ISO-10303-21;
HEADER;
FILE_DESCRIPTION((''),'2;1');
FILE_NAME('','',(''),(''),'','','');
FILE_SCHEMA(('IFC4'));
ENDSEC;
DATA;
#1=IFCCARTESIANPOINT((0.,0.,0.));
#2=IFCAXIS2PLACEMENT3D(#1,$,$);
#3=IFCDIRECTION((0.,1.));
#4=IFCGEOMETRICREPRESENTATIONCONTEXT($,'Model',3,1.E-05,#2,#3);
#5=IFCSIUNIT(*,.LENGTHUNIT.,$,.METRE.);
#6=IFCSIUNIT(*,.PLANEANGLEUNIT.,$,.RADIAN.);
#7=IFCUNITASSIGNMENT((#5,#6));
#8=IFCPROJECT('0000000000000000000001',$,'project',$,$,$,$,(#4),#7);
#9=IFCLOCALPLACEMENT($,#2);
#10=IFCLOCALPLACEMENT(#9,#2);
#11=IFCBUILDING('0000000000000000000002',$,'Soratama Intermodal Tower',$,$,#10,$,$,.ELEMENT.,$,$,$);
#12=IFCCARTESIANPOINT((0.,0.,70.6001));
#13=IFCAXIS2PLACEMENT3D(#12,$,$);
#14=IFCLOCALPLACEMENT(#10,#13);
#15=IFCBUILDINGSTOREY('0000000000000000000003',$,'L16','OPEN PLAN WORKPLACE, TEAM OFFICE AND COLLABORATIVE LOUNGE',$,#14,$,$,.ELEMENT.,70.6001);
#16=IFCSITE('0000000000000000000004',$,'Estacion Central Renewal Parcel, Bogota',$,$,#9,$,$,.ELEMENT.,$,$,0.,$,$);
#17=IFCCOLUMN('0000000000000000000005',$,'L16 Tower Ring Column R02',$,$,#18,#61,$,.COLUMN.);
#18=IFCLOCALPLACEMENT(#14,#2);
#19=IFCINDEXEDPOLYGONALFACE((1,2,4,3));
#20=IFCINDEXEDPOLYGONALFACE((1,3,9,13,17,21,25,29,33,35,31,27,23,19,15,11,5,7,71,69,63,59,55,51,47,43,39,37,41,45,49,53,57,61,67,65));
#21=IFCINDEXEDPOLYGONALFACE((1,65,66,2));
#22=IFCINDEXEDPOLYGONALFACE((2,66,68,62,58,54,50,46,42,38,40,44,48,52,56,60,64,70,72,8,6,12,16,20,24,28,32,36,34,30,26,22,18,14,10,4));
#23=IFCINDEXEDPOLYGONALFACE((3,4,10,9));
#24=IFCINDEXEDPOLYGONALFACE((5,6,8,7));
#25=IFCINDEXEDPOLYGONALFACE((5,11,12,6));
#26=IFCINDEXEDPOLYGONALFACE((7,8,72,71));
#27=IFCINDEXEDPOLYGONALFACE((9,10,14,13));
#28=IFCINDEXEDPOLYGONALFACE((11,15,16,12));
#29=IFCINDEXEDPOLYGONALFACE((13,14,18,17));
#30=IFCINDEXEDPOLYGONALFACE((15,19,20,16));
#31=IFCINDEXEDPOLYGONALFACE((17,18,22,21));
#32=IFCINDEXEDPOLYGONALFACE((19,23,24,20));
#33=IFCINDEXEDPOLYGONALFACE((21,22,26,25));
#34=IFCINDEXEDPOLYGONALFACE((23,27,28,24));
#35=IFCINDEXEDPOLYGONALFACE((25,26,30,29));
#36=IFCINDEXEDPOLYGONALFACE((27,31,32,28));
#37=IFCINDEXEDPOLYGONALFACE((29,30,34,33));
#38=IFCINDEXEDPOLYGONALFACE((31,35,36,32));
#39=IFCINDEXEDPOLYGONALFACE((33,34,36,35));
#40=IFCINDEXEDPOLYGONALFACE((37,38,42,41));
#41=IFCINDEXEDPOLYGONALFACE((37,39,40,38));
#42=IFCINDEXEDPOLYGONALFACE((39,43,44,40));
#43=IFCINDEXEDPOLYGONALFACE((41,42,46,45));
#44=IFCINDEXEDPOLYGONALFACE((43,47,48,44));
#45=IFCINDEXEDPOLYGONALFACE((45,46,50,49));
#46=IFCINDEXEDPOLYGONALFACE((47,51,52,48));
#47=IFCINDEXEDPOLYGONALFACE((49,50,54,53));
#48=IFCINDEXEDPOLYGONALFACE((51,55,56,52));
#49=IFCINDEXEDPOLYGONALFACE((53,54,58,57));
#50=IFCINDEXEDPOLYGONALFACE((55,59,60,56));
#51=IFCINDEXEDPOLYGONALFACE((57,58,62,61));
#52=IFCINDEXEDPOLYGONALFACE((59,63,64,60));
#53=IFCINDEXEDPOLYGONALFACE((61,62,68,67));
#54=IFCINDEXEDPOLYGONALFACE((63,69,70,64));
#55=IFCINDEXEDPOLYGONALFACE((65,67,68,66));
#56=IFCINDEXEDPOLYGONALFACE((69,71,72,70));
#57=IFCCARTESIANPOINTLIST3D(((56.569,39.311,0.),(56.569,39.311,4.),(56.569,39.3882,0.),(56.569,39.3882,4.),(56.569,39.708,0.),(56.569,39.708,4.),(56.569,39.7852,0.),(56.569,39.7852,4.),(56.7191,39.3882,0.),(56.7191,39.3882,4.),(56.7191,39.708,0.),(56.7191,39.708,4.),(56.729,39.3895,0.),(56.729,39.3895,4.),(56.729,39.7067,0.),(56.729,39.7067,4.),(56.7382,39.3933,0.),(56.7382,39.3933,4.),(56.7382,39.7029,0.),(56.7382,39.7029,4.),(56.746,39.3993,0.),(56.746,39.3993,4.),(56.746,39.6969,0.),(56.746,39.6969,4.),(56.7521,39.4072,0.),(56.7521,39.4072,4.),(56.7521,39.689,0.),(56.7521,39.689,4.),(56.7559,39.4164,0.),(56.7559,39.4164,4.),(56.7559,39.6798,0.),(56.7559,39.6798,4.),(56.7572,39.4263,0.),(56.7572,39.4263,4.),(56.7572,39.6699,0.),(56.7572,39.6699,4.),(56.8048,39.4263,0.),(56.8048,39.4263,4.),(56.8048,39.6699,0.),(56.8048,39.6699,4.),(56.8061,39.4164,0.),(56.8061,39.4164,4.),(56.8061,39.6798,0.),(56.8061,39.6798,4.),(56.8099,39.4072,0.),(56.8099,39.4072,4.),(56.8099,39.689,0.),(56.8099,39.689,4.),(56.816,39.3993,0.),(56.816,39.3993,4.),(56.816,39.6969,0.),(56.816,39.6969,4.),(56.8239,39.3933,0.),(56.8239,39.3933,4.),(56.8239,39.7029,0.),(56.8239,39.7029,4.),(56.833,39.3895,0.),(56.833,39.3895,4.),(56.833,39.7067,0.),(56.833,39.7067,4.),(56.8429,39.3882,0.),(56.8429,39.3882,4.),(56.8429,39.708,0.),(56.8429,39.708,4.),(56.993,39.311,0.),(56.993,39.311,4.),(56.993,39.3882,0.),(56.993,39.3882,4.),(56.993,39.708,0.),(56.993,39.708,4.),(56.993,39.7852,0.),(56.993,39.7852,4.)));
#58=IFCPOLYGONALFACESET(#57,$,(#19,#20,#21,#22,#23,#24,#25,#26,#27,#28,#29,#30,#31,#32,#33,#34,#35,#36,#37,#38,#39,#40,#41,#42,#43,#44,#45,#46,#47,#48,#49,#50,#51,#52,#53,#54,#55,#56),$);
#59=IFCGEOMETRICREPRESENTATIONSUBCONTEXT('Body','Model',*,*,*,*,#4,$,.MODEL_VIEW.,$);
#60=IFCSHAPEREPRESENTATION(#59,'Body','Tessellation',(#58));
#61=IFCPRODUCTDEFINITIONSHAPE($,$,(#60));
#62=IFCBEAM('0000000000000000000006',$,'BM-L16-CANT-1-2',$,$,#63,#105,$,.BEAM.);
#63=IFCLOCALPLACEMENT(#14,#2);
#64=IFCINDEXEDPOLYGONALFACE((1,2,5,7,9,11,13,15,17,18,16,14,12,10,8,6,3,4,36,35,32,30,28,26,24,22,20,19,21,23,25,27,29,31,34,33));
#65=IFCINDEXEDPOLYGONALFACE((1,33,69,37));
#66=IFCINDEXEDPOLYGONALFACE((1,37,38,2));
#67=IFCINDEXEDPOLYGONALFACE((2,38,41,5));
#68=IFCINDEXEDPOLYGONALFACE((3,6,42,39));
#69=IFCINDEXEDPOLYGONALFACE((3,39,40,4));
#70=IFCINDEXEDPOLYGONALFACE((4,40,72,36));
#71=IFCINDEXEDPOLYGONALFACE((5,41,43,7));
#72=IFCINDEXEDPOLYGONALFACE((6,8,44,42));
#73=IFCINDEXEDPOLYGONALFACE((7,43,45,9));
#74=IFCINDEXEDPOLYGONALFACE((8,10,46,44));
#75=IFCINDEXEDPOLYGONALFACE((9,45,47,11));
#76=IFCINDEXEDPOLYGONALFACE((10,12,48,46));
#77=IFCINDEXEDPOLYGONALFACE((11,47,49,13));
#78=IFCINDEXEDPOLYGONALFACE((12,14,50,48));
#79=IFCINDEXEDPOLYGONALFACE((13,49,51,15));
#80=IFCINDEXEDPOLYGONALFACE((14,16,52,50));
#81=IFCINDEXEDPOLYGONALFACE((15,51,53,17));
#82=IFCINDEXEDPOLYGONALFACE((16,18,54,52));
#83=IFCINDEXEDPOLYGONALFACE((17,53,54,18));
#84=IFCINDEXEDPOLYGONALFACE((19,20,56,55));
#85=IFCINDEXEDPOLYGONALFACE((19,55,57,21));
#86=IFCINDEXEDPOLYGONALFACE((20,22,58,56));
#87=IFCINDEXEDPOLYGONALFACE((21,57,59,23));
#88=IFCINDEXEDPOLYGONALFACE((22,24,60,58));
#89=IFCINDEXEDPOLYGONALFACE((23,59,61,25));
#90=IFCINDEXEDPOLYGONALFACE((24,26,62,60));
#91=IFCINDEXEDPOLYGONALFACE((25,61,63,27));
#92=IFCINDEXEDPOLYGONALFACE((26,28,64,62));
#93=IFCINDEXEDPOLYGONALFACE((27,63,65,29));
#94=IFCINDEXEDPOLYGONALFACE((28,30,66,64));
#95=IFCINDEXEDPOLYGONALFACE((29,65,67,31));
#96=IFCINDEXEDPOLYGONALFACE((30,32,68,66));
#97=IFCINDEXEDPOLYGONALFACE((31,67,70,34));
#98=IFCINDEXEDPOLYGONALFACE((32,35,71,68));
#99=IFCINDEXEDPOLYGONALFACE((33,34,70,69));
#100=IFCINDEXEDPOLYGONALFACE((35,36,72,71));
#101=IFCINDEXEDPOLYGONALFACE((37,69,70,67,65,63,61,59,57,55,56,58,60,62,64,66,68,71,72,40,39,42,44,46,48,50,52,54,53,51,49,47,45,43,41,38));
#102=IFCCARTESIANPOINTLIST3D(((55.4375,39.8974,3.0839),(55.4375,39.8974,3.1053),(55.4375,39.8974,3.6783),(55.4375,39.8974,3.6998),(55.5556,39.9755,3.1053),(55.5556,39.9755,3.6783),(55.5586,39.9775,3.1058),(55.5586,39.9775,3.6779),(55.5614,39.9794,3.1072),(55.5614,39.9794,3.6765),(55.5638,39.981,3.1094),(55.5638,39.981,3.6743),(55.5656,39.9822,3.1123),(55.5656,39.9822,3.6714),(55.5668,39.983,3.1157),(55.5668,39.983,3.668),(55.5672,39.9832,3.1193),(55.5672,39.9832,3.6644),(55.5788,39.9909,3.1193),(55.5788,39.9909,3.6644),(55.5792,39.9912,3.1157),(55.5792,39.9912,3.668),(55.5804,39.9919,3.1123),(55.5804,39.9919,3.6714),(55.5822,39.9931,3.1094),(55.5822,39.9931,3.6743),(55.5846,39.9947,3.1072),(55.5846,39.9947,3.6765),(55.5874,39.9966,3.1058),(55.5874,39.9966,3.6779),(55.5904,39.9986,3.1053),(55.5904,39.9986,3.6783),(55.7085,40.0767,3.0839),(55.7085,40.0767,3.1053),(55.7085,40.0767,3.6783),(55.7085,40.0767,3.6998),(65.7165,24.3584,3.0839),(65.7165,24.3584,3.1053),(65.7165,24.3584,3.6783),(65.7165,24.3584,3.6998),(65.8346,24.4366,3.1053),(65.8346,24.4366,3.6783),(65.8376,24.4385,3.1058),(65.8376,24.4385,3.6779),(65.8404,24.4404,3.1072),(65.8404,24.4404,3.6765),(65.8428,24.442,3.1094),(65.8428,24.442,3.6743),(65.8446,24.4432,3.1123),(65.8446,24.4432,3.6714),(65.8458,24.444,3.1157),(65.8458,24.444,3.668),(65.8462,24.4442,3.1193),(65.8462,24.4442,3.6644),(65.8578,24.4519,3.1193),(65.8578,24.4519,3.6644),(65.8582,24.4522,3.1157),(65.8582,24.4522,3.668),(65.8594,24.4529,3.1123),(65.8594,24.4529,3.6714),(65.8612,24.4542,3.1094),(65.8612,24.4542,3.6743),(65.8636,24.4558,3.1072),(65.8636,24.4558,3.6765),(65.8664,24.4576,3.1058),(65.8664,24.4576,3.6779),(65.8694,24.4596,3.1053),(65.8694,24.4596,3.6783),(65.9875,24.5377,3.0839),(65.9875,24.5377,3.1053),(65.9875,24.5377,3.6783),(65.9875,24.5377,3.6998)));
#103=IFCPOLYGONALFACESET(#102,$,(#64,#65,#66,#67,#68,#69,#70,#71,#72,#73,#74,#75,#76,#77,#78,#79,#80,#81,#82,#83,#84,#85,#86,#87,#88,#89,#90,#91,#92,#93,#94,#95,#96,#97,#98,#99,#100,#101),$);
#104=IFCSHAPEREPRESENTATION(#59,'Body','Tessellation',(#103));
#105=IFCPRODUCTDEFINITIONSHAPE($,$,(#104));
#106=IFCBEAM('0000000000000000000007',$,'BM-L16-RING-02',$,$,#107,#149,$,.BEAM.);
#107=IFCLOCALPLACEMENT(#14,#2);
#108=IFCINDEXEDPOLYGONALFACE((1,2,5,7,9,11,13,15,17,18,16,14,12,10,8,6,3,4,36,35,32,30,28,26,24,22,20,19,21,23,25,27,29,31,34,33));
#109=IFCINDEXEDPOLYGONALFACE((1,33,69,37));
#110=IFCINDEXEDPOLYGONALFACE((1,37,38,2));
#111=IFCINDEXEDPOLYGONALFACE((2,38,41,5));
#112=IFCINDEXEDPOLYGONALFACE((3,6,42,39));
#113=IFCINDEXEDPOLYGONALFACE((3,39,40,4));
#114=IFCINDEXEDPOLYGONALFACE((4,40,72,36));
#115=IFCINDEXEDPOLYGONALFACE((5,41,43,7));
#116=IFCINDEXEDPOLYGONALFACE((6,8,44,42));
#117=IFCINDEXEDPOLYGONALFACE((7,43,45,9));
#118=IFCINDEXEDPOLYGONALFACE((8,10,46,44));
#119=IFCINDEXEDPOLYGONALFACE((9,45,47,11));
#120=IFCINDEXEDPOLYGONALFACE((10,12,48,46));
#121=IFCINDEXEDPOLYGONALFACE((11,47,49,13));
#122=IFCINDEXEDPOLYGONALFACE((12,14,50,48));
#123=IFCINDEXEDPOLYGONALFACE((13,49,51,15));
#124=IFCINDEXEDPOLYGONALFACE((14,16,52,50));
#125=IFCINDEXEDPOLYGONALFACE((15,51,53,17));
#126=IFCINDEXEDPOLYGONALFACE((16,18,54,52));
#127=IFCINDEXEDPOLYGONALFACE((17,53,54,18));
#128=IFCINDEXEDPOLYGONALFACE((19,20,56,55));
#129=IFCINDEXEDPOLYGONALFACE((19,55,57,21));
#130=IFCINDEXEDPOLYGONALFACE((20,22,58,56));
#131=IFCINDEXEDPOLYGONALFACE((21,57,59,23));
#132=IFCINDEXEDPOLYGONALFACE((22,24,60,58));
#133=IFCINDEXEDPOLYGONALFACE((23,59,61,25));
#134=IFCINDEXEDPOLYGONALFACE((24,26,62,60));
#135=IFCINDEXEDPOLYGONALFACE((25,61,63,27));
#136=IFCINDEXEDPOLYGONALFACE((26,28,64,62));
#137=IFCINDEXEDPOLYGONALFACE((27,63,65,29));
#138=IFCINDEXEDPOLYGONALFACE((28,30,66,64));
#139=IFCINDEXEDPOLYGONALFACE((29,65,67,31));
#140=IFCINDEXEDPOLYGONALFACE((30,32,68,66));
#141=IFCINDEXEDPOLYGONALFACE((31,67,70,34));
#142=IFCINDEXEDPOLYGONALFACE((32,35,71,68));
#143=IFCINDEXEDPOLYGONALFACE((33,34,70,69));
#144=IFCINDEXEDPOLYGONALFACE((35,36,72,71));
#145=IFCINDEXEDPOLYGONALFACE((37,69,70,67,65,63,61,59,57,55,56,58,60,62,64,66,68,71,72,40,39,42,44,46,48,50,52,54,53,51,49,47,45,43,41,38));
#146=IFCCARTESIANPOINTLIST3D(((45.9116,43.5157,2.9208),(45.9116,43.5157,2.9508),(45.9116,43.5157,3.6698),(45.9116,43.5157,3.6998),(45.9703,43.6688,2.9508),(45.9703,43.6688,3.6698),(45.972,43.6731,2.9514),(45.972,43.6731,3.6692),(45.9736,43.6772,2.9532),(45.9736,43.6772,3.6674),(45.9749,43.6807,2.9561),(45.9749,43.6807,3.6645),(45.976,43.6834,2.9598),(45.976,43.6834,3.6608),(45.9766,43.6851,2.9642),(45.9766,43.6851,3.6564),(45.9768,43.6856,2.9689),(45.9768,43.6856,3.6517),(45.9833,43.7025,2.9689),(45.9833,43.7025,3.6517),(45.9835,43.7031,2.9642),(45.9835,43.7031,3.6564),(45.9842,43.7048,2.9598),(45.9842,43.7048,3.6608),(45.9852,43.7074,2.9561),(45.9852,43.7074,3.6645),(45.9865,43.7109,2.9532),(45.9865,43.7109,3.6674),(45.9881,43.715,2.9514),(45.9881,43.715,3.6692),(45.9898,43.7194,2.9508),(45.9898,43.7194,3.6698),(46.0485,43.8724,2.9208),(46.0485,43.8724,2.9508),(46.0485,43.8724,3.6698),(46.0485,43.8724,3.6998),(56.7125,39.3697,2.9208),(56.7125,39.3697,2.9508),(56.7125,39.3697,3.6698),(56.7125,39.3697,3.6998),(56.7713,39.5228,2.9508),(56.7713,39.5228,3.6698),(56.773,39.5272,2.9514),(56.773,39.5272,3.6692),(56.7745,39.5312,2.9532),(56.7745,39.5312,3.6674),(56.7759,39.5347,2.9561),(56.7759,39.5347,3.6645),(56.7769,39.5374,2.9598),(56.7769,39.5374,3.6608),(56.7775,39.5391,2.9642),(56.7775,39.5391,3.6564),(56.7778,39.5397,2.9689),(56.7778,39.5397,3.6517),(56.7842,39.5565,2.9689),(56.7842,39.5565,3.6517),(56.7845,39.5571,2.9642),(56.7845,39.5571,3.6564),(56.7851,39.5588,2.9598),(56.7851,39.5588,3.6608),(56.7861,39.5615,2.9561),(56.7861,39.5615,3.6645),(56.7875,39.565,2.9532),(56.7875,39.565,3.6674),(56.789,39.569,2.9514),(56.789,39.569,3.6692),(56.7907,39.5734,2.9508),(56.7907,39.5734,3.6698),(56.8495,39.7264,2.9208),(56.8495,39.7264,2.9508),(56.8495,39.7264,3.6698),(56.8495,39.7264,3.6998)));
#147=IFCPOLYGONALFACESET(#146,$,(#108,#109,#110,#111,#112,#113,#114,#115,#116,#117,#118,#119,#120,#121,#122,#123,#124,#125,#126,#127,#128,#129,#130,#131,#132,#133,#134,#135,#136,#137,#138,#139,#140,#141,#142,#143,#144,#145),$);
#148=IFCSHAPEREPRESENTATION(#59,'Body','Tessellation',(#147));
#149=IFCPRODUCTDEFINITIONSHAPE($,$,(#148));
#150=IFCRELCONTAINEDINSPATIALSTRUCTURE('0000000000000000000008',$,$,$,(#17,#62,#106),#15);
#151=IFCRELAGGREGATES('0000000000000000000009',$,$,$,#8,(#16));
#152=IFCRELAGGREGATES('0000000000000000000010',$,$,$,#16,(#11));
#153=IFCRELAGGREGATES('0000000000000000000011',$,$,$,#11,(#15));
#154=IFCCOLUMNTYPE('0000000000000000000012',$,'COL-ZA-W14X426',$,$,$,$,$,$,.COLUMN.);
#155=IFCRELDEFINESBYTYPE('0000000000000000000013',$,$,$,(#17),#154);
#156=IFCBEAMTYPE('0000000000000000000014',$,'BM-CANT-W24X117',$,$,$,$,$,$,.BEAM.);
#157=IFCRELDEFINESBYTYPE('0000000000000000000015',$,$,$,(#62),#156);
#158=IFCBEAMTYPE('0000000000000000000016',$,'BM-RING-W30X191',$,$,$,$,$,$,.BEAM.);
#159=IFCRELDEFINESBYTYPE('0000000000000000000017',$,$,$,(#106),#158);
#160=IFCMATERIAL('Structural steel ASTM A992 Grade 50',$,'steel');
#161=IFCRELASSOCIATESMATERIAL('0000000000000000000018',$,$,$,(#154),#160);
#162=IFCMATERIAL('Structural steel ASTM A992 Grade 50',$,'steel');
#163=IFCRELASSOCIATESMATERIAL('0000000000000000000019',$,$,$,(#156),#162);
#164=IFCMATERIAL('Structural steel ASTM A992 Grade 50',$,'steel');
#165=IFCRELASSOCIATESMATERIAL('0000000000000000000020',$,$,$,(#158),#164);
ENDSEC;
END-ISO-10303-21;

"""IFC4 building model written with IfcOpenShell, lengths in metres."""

from ifc_helpers import new_model, si_unit, direction, frame, origin, origin_2d, place, context, subcontext, project, spatial, i_section, extrude, material, material_profile, profile_set, type_object, element, save


model = new_model("IFC4")

# Units and contexts
model_context = context("Model", 3, precision=1e-05, world=origin(), true_north=direction((0.0, 1.0)))
body_context = subcontext(model_context, "Body", "Model", "MODEL_VIEW")
ifc_project = project(units=[si_unit("LENGTHUNIT", "METRE"), si_unit("PLANEANGLEUNIT", "RADIAN")], contexts=[model_context])

# Site, building, storey
site_placement = place(None, origin())
site = spatial("IfcSite", under=ifc_project, at=site_placement, Name="Estacion Central Renewal Parcel, Bogota", CompositionType="ELEMENT", RefElevation=0.0)
building_placement = place(site_placement, origin())
building = spatial("IfcBuilding", under=site, at=building_placement, Name="Soratama Intermodal Tower", CompositionType="ELEMENT")
storey_placement = place(building_placement, frame((0.0, 0.0, 70.6001)))
storey = spatial("IfcBuildingStorey", under=building, at=storey_placement, Name="L16", Description="OPEN PLAN WORKPLACE, TEAM OFFICE AND COLLABORATIVE LOUNGE", CompositionType="ELEMENT", Elevation=70.6001)

# Column
ifc_material_1 = material(Name="Structural steel ASTM A992 Grade 50", Category="steel")
ifc_material_profile_1 = material_profile(ifc_material_1, i_section(OverallWidth=0.4241, OverallDepth=0.4741, WebThickness=0.0476, FlangeThickness=0.0771, FilletRadius=0.0381, at=origin_2d()), Name="W14X426")
ifc_profile_set_1 = profile_set([ifc_material_profile_1], Name="Structural steel ASTM A992 Grade 50")
column_type = type_object("IfcColumnType", Name="COL-ZA-W14X426", PredefinedType="COLUMN", material=ifc_profile_set_1)
column_placement = place(storey_placement, frame((56.781, 39.5481, 0.0), z_axis=(0.0, 0.0, 1.0), x_axis=(1.0, 0.0, 0.0)))
element("IfcColumn", 1, at=column_placement, inside=storey, type_object=column_type, Name="L16 Tower Ring Column R02", PredefinedType="COLUMN", context=body_context, shape_type="SweptSolid", body=[
    extrude(i_section(OverallWidth=0.4241, OverallDepth=0.4741, WebThickness=0.0476, FlangeThickness=0.0771, FilletRadius=0.0381, at=origin_2d()), origin(), (0.0, 0.0, 1.0), 4.0),
])

# Beams
ifc_material_2 = material(Name="Structural steel ASTM A992 Grade 50", Category="steel")
ifc_material_profile_2 = material_profile(ifc_material_2, i_section(OverallWidth=0.325, OverallDepth=0.616, WebThickness=0.0139, FlangeThickness=0.0215, FilletRadius=0.0139, at=origin_2d()), Name="W24X117")
ifc_profile_set_2 = profile_set([ifc_material_profile_2], Name="Structural steel ASTM A992 Grade 50")
beam_type_1 = type_object("IfcBeamType", Name="BM-CANT-W24X117", PredefinedType="BEAM", material=ifc_profile_set_2)
beam_1_placement = place(storey_placement, frame((55.573, 39.9871, 3.3918), z_axis=(0.551712, -0.834035, 0.0), x_axis=(0.834035, 0.551712, 0.0)))
element("IfcBeam", 2, at=beam_1_placement, inside=storey, type_object=beam_type_1, Name="BM-L16-CANT-1-2", PredefinedType="BEAM", context=body_context, shape_type="SweptSolid", body=[
    extrude(i_section(OverallWidth=0.325, OverallDepth=0.616, WebThickness=0.0139, FlangeThickness=0.0215, FilletRadius=0.0139, at=origin_2d()), origin(), (0.0, 0.0, 1.0), 18.6311),
])
ifc_material_3 = material(Name="Structural steel ASTM A992 Grade 50", Category="steel")
ifc_material_profile_3 = material_profile(ifc_material_3, i_section(OverallWidth=0.3821, OverallDepth=0.7791, WebThickness=0.0181, FlangeThickness=0.03, FilletRadius=0.0181, at=origin_2d()), Name="W30X191")
ifc_profile_set_3 = profile_set([ifc_material_profile_3], Name="Structural steel ASTM A992 Grade 50")
beam_type_2 = type_object("IfcBeamType", Name="BM-RING-W30X191", PredefinedType="BEAM", material=ifc_profile_set_3)
beam_2_placement = place(storey_placement, frame((56.781, 39.5481, 3.3103), z_axis=(-0.933584, 0.358358, 0.0), x_axis=(-0.358358, -0.933584, 0.0)))
element("IfcBeam", 3, at=beam_2_placement, inside=storey, type_object=beam_type_2, Name="BM-L16-RING-02", PredefinedType="BEAM", context=body_context, shape_type="SweptSolid", body=[
    extrude(i_section(OverallWidth=0.3821, OverallDepth=0.7791, WebThickness=0.0181, FlangeThickness=0.03, FilletRadius=0.0181, at=origin_2d()), origin(), (0.0, 0.0, 1.0), 11.5693),
])

save(model, "model.ifc")
